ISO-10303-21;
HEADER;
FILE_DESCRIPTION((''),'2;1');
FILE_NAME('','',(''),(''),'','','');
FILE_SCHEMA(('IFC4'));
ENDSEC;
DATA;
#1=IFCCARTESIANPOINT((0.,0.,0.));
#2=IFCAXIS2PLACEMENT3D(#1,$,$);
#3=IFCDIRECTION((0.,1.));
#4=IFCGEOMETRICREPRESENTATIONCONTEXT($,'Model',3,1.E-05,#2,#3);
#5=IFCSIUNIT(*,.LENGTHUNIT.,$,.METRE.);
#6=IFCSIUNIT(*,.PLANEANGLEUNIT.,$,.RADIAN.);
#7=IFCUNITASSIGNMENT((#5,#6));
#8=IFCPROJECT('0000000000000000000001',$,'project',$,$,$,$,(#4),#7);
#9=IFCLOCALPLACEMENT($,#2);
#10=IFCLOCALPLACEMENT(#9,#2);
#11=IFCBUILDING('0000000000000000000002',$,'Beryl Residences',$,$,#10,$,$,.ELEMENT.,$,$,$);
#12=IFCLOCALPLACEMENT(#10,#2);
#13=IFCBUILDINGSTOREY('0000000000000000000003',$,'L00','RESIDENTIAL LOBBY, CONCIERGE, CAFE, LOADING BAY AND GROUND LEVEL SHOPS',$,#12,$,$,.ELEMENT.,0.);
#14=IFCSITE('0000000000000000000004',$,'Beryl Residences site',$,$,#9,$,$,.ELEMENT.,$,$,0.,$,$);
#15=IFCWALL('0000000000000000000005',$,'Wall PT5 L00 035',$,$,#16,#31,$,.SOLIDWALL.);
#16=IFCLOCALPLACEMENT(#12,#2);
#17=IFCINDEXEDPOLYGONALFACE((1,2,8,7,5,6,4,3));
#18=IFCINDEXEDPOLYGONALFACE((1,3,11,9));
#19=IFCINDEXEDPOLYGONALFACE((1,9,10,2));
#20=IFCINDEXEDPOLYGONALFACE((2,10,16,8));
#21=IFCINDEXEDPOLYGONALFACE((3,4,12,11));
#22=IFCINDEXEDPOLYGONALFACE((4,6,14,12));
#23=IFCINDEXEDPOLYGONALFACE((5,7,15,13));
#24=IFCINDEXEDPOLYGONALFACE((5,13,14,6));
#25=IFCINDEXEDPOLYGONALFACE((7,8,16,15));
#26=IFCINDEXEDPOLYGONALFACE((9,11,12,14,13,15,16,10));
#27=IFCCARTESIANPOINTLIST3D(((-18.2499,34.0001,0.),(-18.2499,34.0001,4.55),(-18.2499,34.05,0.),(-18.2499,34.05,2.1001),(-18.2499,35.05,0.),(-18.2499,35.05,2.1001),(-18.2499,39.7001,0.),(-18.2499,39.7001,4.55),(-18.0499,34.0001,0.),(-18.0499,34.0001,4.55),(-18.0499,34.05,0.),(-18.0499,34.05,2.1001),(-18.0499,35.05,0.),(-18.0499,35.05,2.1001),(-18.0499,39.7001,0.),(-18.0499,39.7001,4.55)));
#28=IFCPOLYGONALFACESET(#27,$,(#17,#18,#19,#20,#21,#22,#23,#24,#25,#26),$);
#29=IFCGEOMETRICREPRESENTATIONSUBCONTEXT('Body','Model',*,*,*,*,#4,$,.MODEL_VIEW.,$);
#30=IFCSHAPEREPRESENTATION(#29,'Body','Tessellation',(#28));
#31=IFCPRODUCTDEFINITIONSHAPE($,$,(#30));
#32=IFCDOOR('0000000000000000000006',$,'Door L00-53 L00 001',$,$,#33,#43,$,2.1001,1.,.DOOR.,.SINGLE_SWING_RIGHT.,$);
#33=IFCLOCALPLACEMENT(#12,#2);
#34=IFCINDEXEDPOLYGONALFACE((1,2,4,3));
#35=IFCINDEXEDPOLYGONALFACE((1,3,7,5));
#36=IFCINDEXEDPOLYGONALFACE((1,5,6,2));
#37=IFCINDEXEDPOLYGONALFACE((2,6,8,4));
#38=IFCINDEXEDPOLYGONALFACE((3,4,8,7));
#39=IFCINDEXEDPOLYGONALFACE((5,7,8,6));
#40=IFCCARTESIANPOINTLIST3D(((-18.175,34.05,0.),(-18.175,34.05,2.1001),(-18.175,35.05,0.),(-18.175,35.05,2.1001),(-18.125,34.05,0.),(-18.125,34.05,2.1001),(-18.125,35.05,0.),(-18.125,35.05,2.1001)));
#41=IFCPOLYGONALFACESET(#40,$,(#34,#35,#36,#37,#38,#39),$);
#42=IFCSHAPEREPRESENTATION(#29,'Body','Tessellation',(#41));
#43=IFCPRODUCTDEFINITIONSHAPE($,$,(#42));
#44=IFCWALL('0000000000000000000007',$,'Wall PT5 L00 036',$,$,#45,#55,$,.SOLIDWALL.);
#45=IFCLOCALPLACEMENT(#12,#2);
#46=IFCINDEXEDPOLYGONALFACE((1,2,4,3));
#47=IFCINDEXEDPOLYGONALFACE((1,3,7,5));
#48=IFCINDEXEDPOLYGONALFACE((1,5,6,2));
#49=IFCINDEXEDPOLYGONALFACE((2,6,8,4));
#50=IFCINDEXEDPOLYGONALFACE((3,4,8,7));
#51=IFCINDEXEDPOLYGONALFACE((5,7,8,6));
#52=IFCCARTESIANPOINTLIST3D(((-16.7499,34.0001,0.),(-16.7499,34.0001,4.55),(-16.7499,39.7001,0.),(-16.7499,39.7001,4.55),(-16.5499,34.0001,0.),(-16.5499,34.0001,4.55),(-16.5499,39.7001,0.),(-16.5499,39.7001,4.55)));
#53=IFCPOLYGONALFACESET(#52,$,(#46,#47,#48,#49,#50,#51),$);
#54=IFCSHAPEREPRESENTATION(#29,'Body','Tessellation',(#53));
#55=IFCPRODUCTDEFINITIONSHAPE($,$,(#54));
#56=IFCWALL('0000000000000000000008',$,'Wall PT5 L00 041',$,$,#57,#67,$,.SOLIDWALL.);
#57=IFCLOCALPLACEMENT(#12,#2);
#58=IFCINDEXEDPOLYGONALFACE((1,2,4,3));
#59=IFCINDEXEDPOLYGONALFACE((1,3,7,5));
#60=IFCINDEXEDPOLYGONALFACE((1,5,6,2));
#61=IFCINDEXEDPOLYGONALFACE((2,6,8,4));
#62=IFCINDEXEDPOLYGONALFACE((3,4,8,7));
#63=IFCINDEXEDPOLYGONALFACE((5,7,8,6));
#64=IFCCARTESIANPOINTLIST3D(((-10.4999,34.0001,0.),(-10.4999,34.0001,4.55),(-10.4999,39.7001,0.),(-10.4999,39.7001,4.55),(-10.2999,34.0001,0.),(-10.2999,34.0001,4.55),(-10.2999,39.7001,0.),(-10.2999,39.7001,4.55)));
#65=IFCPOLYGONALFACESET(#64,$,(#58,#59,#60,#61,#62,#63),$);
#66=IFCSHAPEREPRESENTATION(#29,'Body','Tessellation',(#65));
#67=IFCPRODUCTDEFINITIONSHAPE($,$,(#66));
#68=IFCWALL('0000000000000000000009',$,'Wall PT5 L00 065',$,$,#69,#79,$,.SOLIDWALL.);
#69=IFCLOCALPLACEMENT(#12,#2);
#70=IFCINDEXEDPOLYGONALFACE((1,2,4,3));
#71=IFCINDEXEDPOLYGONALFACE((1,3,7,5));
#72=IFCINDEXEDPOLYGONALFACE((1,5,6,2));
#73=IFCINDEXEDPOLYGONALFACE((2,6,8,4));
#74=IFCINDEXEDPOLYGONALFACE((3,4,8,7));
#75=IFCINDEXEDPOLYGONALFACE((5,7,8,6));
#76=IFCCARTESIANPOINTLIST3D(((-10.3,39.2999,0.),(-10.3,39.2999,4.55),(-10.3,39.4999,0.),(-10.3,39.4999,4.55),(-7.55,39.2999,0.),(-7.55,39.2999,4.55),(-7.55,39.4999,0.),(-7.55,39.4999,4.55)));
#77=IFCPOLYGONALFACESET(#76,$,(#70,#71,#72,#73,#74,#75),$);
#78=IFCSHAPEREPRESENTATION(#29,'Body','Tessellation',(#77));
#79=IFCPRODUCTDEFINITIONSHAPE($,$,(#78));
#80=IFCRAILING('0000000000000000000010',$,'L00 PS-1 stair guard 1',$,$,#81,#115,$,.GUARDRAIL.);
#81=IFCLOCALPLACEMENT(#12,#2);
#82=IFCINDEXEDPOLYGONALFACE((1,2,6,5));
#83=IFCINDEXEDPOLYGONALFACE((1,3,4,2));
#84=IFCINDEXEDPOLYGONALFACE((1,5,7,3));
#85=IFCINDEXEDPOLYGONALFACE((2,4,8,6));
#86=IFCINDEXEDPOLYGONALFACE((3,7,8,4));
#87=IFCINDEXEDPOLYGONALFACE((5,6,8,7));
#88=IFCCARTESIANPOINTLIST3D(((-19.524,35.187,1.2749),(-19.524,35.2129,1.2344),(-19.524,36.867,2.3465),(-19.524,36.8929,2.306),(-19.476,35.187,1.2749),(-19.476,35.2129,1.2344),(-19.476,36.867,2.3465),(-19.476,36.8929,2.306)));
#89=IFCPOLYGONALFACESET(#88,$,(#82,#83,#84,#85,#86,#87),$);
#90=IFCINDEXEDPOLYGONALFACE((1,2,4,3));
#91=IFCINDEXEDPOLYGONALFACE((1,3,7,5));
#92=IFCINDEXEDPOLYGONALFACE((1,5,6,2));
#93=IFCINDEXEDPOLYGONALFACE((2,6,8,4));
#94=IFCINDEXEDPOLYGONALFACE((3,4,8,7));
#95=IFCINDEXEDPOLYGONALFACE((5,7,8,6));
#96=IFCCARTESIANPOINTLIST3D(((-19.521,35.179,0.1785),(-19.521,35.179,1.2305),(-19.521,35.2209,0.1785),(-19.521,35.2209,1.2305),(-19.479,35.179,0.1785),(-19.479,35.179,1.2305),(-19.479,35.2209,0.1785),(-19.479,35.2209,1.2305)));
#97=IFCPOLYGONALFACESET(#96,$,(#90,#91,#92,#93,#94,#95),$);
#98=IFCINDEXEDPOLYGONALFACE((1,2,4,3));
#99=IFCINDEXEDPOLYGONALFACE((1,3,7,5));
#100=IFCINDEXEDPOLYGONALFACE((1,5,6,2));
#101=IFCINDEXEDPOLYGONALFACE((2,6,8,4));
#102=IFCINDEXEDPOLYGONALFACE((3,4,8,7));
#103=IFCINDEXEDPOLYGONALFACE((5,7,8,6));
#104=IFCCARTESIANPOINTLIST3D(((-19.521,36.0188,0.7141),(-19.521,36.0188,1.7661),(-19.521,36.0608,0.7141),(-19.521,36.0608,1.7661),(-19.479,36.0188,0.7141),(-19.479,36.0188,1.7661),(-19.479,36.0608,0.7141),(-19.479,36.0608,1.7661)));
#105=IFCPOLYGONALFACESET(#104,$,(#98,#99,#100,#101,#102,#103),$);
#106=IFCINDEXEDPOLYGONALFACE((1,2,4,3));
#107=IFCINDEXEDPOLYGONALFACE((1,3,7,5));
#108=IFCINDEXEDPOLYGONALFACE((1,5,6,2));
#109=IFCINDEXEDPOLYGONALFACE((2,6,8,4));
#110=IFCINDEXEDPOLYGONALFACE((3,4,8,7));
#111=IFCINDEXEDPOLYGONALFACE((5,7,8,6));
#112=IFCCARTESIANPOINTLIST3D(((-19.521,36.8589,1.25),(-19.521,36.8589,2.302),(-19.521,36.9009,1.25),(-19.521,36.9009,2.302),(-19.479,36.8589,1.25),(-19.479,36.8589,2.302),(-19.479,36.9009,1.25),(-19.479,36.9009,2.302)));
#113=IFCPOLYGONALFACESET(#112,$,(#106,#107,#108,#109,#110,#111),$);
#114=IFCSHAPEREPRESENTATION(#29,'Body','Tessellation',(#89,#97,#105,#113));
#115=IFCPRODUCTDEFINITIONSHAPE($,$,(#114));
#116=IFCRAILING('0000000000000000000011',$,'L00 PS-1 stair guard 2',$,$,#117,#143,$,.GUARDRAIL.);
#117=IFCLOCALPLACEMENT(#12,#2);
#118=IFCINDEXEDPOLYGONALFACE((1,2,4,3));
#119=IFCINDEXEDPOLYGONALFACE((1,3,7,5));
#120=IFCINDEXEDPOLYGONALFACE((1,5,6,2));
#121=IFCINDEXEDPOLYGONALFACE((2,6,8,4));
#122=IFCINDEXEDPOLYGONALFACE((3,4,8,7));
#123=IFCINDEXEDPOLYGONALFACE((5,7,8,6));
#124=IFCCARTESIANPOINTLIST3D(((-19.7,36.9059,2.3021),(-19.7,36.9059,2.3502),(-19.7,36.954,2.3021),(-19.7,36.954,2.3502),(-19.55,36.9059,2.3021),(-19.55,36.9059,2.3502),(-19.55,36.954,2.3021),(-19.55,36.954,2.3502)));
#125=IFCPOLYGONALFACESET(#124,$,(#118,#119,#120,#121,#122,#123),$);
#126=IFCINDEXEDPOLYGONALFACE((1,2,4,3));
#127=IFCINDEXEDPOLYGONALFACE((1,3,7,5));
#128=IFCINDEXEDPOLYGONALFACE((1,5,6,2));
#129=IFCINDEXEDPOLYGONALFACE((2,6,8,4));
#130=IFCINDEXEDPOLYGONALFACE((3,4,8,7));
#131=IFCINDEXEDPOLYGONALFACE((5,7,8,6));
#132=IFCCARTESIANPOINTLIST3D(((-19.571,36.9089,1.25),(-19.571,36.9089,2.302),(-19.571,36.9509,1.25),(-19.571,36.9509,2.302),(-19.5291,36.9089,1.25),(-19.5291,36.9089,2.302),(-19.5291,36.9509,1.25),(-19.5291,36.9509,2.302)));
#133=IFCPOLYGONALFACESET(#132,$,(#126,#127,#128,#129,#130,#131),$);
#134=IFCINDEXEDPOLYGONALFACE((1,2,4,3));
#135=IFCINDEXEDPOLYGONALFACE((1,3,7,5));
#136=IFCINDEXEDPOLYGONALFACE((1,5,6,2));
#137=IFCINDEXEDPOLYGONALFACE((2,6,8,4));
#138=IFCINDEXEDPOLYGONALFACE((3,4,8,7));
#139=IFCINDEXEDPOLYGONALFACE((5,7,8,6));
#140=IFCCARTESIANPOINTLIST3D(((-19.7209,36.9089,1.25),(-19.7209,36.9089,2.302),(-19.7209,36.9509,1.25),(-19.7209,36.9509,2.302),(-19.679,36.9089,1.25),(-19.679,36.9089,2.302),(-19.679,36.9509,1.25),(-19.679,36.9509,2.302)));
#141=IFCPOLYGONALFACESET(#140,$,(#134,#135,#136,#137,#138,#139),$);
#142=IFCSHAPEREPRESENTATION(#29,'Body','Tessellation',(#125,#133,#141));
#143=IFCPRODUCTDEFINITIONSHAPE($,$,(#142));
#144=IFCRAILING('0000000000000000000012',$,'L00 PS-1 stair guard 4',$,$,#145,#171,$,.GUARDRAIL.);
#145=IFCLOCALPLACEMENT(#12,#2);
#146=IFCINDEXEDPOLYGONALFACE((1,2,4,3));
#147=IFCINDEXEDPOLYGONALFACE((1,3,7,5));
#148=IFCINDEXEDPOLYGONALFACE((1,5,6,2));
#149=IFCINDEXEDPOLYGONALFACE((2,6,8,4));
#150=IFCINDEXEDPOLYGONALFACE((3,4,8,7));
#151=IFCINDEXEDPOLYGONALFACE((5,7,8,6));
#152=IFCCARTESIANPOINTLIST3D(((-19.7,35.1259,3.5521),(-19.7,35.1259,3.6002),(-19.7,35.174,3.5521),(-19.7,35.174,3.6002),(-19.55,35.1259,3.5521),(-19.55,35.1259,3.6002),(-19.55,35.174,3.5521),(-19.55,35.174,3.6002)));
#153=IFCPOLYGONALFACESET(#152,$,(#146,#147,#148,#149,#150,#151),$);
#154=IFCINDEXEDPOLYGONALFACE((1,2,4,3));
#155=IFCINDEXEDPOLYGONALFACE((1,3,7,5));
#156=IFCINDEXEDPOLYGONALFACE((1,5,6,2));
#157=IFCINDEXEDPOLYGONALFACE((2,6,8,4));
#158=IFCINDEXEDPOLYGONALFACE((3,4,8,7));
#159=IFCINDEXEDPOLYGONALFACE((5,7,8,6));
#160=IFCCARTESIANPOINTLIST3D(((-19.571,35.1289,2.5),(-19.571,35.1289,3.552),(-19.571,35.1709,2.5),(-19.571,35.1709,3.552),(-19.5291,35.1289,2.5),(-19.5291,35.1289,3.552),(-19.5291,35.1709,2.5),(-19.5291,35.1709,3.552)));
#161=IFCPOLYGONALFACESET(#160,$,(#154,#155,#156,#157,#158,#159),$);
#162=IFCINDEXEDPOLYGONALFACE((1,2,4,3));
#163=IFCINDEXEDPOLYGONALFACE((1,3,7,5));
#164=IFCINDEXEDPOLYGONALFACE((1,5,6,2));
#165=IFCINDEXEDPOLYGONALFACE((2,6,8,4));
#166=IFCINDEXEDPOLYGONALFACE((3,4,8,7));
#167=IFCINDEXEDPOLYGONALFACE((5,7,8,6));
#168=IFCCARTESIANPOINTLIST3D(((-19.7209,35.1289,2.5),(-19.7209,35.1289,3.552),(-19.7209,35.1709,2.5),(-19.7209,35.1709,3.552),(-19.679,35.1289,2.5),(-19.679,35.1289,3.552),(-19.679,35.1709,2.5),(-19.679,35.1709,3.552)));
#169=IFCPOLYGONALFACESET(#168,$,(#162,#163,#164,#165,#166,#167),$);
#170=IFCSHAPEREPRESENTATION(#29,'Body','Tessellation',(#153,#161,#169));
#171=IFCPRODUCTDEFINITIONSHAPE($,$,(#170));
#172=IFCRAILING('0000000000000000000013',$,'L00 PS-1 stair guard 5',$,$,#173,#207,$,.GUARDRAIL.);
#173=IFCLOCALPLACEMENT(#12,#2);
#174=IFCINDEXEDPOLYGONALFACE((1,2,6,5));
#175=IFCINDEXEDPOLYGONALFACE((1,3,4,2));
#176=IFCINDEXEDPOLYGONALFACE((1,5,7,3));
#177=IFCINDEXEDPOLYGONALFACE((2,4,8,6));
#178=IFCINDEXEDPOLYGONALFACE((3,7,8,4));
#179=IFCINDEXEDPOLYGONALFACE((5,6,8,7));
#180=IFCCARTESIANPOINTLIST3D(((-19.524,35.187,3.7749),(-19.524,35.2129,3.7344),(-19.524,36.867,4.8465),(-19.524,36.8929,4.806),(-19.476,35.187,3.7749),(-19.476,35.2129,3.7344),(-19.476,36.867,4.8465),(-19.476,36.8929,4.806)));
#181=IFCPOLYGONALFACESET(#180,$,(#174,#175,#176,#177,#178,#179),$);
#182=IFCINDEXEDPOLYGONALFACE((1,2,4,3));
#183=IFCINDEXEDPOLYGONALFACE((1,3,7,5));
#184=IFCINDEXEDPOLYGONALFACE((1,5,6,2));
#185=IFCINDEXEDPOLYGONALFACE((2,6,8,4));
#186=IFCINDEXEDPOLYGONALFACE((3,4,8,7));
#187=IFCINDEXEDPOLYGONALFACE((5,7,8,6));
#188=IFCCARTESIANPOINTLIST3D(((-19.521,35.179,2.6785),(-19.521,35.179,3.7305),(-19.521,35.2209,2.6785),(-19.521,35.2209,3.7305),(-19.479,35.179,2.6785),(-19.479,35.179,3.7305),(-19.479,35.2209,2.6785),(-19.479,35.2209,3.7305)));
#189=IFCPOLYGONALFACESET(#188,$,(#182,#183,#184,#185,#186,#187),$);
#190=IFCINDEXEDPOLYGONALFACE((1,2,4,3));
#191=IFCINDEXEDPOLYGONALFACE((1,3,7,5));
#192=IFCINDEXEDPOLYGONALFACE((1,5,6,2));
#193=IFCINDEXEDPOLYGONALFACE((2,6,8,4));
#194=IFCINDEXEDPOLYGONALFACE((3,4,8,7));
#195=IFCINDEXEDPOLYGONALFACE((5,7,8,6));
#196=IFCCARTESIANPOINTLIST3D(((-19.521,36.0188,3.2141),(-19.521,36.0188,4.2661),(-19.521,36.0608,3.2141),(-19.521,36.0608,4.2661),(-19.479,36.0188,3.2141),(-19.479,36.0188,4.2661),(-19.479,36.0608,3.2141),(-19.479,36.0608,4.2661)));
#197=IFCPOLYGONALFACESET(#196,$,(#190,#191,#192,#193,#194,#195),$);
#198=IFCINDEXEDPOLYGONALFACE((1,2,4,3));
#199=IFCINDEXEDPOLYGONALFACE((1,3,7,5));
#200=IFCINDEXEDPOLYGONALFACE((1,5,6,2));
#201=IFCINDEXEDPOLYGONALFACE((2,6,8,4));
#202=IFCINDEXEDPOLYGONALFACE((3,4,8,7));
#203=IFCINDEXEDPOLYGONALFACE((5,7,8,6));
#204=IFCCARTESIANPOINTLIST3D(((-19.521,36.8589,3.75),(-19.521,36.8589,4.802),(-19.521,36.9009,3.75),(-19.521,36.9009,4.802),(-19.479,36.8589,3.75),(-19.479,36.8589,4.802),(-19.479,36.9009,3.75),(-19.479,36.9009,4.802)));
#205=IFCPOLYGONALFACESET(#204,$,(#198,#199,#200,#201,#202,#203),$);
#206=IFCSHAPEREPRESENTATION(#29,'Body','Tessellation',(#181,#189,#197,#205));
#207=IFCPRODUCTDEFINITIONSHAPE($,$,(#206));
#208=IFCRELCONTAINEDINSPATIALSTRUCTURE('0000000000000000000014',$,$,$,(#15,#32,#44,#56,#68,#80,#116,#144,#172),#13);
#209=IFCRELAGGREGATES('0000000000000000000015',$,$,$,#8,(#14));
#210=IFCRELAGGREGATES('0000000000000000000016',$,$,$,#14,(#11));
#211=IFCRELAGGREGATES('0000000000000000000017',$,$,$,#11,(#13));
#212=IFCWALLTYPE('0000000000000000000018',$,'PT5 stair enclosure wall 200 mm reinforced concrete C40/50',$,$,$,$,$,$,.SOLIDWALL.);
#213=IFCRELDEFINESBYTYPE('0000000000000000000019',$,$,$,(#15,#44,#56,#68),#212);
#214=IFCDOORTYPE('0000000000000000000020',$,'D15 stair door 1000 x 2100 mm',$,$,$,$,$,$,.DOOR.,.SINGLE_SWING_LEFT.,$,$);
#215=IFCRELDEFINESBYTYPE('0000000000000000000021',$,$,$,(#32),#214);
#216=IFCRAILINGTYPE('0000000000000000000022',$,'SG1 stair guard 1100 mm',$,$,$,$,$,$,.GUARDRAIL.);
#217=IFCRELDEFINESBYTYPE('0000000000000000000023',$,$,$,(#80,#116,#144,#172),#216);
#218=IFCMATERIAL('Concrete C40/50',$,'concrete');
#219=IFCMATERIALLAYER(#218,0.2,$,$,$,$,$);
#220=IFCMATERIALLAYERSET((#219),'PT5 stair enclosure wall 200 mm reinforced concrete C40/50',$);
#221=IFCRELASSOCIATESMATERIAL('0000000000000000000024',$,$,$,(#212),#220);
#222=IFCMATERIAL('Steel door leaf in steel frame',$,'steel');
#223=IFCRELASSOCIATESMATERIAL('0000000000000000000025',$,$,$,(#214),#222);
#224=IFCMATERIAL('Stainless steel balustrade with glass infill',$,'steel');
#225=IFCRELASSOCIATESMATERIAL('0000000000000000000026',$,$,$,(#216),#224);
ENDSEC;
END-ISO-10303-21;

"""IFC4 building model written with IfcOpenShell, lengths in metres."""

from ifc_helpers import new_model, si_unit, direction, frame, frame_2d, origin, origin_2d, place, context, subcontext, project, spatial, rectangle, extrude, material, layer, layer_set, type_object, element, fill, save


model = new_model("IFC4")

# Units and contexts
model_context = context("Model", 3, precision=1e-05, world=origin(), true_north=direction((0.0, 1.0)))
body_context = subcontext(model_context, "Body", "Model", "MODEL_VIEW")
ifc_project = project(units=[si_unit("LENGTHUNIT", "METRE"), si_unit("PLANEANGLEUNIT", "RADIAN")], contexts=[model_context])

# Site, building, storey
site_placement = place(None, origin())
site = spatial("IfcSite", under=ifc_project, at=site_placement, Name="Beryl Residences site", CompositionType="ELEMENT", RefElevation=0.0)
building_placement = place(site_placement, origin())
building = spatial("IfcBuilding", under=site, at=building_placement, Name="Beryl Residences", CompositionType="ELEMENT")
storey_placement = place(building_placement, origin())
storey = spatial("IfcBuildingStorey", under=building, at=storey_placement, Name="L00", Description="RESIDENTIAL LOBBY, CONCIERGE, CAFE, LOADING BAY AND GROUND LEVEL SHOPS", CompositionType="ELEMENT", Elevation=0.0)

# Wall, opening, door
ifc_material_1 = material(Name="Concrete C40/50", Category="concrete")
ifc_layer_1 = layer(ifc_material_1, 0.2)
ifc_layer_set_1 = layer_set([ifc_layer_1], Name="PT5 stair enclosure wall 200 mm reinforced concrete C40/50")
wall_type_1 = type_object("IfcWallType", Name="PT5 stair enclosure wall 200 mm reinforced concrete C40/50", PredefinedType="SOLIDWALL", material=ifc_layer_set_1)
wall_1_placement = place(storey_placement, frame((-18.1499, 34.0, 0.0), z_axis=(0.0, 0.0, 1.0), x_axis=(0.0, 1.0, 0.0)))
wall_1 = element("IfcWall", 1, at=wall_1_placement, inside=storey, type_object=wall_type_1, Name="Wall PT5 L00 035", PredefinedType="SOLIDWALL", context=body_context, shape_type="SweptSolid", body=[
    extrude(rectangle(XDim=5.7, YDim=0.2, at=frame_2d((2.8501, 0.0))), origin(), (0.0, 0.0, 1.0), 4.55),
])
opening_1_placement = place(wall_1_placement, frame((1.05, 0.0, 0.0), z_axis=(0.0, 0.0, 1.0), x_axis=(-1.0, 0.0, 0.0)))
opening_1 = element("IfcOpeningElement", 2, at=opening_1_placement, cuts=wall_1, PredefinedType="OPENING", context=body_context, shape_type="SweptSolid", body=[
    extrude(rectangle(XDim=1.0, YDim=2.1001, at=frame_2d((0.5, 1.05))), frame((0.0, 0.1099, 0.0), z_axis=(0.0, -1.0, 0.0), x_axis=(1.0, 0.0, 0.0)), (0.0, 0.0, 1.0), 0.22),
])
ifc_material_2 = material(Name="Steel door leaf in steel frame", Category="steel")
door_type_1 = type_object("IfcDoorType", Name="D15 stair door 1000 x 2100 mm", OperationType="SINGLE_SWING_LEFT", PredefinedType="DOOR", material=ifc_material_2)
door_1_placement = place(opening_1_placement, origin())
door_1 = element("IfcDoor", 3, at=door_1_placement, inside=storey, type_object=door_type_1, Name="Door L00-53 L00 001", OperationType="SINGLE_SWING_RIGHT", OverallHeight=2.1001, OverallWidth=1.0, PredefinedType="DOOR", context=body_context, shape_type="SweptSolid", body=[
    extrude(rectangle(XDim=1.0, YDim=2.1001, at=frame_2d((0.5, 1.05))), frame((0.0, 0.0249, 0.0), z_axis=(0.0, -1.0, 0.0), x_axis=(1.0, 0.0, 0.0)), (0.0, 0.0, 1.0), 0.05),
])
fill(opening_1, door_1)

# Walls
for number, where, z_axis, x_axis, name in (
    (4, (-16.6499, 34.0, 0.0), (0.0, 0.0, 1.0), (0.0, 1.0, 0.0), "Wall PT5 L00 036"),
    (5, (-10.3999, 34.0, 0.0), (0.0, 0.0, 1.0), (0.0, 1.0, 0.0), "Wall PT5 L00 041"),
):
    element("IfcWall", number, at=place(storey_placement, frame(where, z_axis=z_axis, x_axis=x_axis)), inside=storey, type_object=wall_type_1, Name=name, PredefinedType="SOLIDWALL", context=body_context, shape_type="SweptSolid", body=[
        extrude(rectangle(XDim=5.7, YDim=0.2, at=frame_2d((2.8501, 0.0))), origin(), (0.0, 0.0, 1.0), 4.55),
    ])
wall_2_placement = place(storey_placement, frame((-10.3, 39.3999, 0.0), z_axis=(0.0, 0.0, 1.0), x_axis=(1.0, 0.0, 0.0)))
element("IfcWall", 6, at=wall_2_placement, inside=storey, type_object=wall_type_1, Name="Wall PT5 L00 065", PredefinedType="SOLIDWALL", context=body_context, shape_type="SweptSolid", body=[
    extrude(rectangle(XDim=2.75, YDim=0.2, at=frame_2d((1.375, 0.0))), origin(), (0.0, 0.0, 1.0), 4.55),
])

# Railings
ifc_material_3 = material(Name="Stainless steel balustrade with glass infill", Category="steel")
railing_type_1 = type_object("IfcRailingType", Name="SG1 stair guard 1100 mm", PredefinedType="GUARDRAIL", material=ifc_material_3)
railing_1_placement = place(storey_placement, frame((-19.5, 35.2, 0.1785)))
element("IfcRailing", 7, at=railing_1_placement, inside=storey, type_object=railing_type_1, Name="L00 PS-1 stair guard 1", PredefinedType="GUARDRAIL", context=body_context, shape_type="SweptSolid", body=[
    extrude(rectangle(XDim=0.0481, YDim=0.0481, at=origin_2d()), frame((0.0, 0.0, 1.0762), z_axis=(0.0, 0.843096, 0.537763), x_axis=(-1.0, 0.0, 0.0)), (0.0, 0.0, 1.0), 1.9927),
    extrude(rectangle(XDim=0.042, YDim=0.042, at=origin_2d()), origin(), (0.0, 0.0, 1.0), 1.052),
    extrude(rectangle(XDim=0.042, YDim=0.042, at=origin_2d()), frame((0.0, 0.8398, 0.5356)), (0.0, 0.0, 1.0), 1.052),
    extrude(rectangle(XDim=0.042, YDim=0.042, at=origin_2d()), frame((0.0, 1.6799, 1.0715)), (0.0, 0.0, 1.0), 1.052),
])
for number, where, name in (
    (8, (-19.55, 36.9299, 1.25), "L00 PS-1 stair guard 2"),
    (9, (-19.55, 35.1499, 2.5), "L00 PS-1 stair guard 4"),
):
    element("IfcRailing", number, at=place(storey_placement, frame(where)), inside=storey, type_object=railing_type_1, Name=name, PredefinedType="GUARDRAIL", context=body_context, shape_type="SweptSolid", body=[
        extrude(rectangle(XDim=0.0481, YDim=0.0481, at=origin_2d()), frame((0.0, 0.0, 1.0762), z_axis=(-1.0, 0.0, 0.0), x_axis=(0.0, -1.0, 0.0)), (0.0, 0.0, 1.0), 0.1499),
        extrude(rectangle(XDim=0.042, YDim=0.042, at=origin_2d()), origin(), (0.0, 0.0, 1.0), 1.052),
        extrude(rectangle(XDim=0.042, YDim=0.042, at=origin_2d()), frame((-0.1499, 0.0, 0.0)), (0.0, 0.0, 1.0), 1.052),
    ])
railing_2_placement = place(storey_placement, frame((-19.5, 35.2, 2.6785)))
element("IfcRailing", 10, at=railing_2_placement, inside=storey, type_object=railing_type_1, Name="L00 PS-1 stair guard 5", PredefinedType="GUARDRAIL", context=body_context, shape_type="SweptSolid", body=[
    extrude(rectangle(XDim=0.0481, YDim=0.0481, at=origin_2d()), frame((0.0, 0.0, 1.0762), z_axis=(0.0, 0.843096, 0.537763), x_axis=(-1.0, 0.0, 0.0)), (0.0, 0.0, 1.0), 1.9927),
    extrude(rectangle(XDim=0.042, YDim=0.042, at=origin_2d()), origin(), (0.0, 0.0, 1.0), 1.052),
    extrude(rectangle(XDim=0.042, YDim=0.042, at=origin_2d()), frame((0.0, 0.8398, 0.5356)), (0.0, 0.0, 1.0), 1.052),
    extrude(rectangle(XDim=0.042, YDim=0.042, at=origin_2d()), frame((0.0, 1.6799, 1.0715)), (0.0, 0.0, 1.0), 1.052),
])

save(model, "model.ifc")
